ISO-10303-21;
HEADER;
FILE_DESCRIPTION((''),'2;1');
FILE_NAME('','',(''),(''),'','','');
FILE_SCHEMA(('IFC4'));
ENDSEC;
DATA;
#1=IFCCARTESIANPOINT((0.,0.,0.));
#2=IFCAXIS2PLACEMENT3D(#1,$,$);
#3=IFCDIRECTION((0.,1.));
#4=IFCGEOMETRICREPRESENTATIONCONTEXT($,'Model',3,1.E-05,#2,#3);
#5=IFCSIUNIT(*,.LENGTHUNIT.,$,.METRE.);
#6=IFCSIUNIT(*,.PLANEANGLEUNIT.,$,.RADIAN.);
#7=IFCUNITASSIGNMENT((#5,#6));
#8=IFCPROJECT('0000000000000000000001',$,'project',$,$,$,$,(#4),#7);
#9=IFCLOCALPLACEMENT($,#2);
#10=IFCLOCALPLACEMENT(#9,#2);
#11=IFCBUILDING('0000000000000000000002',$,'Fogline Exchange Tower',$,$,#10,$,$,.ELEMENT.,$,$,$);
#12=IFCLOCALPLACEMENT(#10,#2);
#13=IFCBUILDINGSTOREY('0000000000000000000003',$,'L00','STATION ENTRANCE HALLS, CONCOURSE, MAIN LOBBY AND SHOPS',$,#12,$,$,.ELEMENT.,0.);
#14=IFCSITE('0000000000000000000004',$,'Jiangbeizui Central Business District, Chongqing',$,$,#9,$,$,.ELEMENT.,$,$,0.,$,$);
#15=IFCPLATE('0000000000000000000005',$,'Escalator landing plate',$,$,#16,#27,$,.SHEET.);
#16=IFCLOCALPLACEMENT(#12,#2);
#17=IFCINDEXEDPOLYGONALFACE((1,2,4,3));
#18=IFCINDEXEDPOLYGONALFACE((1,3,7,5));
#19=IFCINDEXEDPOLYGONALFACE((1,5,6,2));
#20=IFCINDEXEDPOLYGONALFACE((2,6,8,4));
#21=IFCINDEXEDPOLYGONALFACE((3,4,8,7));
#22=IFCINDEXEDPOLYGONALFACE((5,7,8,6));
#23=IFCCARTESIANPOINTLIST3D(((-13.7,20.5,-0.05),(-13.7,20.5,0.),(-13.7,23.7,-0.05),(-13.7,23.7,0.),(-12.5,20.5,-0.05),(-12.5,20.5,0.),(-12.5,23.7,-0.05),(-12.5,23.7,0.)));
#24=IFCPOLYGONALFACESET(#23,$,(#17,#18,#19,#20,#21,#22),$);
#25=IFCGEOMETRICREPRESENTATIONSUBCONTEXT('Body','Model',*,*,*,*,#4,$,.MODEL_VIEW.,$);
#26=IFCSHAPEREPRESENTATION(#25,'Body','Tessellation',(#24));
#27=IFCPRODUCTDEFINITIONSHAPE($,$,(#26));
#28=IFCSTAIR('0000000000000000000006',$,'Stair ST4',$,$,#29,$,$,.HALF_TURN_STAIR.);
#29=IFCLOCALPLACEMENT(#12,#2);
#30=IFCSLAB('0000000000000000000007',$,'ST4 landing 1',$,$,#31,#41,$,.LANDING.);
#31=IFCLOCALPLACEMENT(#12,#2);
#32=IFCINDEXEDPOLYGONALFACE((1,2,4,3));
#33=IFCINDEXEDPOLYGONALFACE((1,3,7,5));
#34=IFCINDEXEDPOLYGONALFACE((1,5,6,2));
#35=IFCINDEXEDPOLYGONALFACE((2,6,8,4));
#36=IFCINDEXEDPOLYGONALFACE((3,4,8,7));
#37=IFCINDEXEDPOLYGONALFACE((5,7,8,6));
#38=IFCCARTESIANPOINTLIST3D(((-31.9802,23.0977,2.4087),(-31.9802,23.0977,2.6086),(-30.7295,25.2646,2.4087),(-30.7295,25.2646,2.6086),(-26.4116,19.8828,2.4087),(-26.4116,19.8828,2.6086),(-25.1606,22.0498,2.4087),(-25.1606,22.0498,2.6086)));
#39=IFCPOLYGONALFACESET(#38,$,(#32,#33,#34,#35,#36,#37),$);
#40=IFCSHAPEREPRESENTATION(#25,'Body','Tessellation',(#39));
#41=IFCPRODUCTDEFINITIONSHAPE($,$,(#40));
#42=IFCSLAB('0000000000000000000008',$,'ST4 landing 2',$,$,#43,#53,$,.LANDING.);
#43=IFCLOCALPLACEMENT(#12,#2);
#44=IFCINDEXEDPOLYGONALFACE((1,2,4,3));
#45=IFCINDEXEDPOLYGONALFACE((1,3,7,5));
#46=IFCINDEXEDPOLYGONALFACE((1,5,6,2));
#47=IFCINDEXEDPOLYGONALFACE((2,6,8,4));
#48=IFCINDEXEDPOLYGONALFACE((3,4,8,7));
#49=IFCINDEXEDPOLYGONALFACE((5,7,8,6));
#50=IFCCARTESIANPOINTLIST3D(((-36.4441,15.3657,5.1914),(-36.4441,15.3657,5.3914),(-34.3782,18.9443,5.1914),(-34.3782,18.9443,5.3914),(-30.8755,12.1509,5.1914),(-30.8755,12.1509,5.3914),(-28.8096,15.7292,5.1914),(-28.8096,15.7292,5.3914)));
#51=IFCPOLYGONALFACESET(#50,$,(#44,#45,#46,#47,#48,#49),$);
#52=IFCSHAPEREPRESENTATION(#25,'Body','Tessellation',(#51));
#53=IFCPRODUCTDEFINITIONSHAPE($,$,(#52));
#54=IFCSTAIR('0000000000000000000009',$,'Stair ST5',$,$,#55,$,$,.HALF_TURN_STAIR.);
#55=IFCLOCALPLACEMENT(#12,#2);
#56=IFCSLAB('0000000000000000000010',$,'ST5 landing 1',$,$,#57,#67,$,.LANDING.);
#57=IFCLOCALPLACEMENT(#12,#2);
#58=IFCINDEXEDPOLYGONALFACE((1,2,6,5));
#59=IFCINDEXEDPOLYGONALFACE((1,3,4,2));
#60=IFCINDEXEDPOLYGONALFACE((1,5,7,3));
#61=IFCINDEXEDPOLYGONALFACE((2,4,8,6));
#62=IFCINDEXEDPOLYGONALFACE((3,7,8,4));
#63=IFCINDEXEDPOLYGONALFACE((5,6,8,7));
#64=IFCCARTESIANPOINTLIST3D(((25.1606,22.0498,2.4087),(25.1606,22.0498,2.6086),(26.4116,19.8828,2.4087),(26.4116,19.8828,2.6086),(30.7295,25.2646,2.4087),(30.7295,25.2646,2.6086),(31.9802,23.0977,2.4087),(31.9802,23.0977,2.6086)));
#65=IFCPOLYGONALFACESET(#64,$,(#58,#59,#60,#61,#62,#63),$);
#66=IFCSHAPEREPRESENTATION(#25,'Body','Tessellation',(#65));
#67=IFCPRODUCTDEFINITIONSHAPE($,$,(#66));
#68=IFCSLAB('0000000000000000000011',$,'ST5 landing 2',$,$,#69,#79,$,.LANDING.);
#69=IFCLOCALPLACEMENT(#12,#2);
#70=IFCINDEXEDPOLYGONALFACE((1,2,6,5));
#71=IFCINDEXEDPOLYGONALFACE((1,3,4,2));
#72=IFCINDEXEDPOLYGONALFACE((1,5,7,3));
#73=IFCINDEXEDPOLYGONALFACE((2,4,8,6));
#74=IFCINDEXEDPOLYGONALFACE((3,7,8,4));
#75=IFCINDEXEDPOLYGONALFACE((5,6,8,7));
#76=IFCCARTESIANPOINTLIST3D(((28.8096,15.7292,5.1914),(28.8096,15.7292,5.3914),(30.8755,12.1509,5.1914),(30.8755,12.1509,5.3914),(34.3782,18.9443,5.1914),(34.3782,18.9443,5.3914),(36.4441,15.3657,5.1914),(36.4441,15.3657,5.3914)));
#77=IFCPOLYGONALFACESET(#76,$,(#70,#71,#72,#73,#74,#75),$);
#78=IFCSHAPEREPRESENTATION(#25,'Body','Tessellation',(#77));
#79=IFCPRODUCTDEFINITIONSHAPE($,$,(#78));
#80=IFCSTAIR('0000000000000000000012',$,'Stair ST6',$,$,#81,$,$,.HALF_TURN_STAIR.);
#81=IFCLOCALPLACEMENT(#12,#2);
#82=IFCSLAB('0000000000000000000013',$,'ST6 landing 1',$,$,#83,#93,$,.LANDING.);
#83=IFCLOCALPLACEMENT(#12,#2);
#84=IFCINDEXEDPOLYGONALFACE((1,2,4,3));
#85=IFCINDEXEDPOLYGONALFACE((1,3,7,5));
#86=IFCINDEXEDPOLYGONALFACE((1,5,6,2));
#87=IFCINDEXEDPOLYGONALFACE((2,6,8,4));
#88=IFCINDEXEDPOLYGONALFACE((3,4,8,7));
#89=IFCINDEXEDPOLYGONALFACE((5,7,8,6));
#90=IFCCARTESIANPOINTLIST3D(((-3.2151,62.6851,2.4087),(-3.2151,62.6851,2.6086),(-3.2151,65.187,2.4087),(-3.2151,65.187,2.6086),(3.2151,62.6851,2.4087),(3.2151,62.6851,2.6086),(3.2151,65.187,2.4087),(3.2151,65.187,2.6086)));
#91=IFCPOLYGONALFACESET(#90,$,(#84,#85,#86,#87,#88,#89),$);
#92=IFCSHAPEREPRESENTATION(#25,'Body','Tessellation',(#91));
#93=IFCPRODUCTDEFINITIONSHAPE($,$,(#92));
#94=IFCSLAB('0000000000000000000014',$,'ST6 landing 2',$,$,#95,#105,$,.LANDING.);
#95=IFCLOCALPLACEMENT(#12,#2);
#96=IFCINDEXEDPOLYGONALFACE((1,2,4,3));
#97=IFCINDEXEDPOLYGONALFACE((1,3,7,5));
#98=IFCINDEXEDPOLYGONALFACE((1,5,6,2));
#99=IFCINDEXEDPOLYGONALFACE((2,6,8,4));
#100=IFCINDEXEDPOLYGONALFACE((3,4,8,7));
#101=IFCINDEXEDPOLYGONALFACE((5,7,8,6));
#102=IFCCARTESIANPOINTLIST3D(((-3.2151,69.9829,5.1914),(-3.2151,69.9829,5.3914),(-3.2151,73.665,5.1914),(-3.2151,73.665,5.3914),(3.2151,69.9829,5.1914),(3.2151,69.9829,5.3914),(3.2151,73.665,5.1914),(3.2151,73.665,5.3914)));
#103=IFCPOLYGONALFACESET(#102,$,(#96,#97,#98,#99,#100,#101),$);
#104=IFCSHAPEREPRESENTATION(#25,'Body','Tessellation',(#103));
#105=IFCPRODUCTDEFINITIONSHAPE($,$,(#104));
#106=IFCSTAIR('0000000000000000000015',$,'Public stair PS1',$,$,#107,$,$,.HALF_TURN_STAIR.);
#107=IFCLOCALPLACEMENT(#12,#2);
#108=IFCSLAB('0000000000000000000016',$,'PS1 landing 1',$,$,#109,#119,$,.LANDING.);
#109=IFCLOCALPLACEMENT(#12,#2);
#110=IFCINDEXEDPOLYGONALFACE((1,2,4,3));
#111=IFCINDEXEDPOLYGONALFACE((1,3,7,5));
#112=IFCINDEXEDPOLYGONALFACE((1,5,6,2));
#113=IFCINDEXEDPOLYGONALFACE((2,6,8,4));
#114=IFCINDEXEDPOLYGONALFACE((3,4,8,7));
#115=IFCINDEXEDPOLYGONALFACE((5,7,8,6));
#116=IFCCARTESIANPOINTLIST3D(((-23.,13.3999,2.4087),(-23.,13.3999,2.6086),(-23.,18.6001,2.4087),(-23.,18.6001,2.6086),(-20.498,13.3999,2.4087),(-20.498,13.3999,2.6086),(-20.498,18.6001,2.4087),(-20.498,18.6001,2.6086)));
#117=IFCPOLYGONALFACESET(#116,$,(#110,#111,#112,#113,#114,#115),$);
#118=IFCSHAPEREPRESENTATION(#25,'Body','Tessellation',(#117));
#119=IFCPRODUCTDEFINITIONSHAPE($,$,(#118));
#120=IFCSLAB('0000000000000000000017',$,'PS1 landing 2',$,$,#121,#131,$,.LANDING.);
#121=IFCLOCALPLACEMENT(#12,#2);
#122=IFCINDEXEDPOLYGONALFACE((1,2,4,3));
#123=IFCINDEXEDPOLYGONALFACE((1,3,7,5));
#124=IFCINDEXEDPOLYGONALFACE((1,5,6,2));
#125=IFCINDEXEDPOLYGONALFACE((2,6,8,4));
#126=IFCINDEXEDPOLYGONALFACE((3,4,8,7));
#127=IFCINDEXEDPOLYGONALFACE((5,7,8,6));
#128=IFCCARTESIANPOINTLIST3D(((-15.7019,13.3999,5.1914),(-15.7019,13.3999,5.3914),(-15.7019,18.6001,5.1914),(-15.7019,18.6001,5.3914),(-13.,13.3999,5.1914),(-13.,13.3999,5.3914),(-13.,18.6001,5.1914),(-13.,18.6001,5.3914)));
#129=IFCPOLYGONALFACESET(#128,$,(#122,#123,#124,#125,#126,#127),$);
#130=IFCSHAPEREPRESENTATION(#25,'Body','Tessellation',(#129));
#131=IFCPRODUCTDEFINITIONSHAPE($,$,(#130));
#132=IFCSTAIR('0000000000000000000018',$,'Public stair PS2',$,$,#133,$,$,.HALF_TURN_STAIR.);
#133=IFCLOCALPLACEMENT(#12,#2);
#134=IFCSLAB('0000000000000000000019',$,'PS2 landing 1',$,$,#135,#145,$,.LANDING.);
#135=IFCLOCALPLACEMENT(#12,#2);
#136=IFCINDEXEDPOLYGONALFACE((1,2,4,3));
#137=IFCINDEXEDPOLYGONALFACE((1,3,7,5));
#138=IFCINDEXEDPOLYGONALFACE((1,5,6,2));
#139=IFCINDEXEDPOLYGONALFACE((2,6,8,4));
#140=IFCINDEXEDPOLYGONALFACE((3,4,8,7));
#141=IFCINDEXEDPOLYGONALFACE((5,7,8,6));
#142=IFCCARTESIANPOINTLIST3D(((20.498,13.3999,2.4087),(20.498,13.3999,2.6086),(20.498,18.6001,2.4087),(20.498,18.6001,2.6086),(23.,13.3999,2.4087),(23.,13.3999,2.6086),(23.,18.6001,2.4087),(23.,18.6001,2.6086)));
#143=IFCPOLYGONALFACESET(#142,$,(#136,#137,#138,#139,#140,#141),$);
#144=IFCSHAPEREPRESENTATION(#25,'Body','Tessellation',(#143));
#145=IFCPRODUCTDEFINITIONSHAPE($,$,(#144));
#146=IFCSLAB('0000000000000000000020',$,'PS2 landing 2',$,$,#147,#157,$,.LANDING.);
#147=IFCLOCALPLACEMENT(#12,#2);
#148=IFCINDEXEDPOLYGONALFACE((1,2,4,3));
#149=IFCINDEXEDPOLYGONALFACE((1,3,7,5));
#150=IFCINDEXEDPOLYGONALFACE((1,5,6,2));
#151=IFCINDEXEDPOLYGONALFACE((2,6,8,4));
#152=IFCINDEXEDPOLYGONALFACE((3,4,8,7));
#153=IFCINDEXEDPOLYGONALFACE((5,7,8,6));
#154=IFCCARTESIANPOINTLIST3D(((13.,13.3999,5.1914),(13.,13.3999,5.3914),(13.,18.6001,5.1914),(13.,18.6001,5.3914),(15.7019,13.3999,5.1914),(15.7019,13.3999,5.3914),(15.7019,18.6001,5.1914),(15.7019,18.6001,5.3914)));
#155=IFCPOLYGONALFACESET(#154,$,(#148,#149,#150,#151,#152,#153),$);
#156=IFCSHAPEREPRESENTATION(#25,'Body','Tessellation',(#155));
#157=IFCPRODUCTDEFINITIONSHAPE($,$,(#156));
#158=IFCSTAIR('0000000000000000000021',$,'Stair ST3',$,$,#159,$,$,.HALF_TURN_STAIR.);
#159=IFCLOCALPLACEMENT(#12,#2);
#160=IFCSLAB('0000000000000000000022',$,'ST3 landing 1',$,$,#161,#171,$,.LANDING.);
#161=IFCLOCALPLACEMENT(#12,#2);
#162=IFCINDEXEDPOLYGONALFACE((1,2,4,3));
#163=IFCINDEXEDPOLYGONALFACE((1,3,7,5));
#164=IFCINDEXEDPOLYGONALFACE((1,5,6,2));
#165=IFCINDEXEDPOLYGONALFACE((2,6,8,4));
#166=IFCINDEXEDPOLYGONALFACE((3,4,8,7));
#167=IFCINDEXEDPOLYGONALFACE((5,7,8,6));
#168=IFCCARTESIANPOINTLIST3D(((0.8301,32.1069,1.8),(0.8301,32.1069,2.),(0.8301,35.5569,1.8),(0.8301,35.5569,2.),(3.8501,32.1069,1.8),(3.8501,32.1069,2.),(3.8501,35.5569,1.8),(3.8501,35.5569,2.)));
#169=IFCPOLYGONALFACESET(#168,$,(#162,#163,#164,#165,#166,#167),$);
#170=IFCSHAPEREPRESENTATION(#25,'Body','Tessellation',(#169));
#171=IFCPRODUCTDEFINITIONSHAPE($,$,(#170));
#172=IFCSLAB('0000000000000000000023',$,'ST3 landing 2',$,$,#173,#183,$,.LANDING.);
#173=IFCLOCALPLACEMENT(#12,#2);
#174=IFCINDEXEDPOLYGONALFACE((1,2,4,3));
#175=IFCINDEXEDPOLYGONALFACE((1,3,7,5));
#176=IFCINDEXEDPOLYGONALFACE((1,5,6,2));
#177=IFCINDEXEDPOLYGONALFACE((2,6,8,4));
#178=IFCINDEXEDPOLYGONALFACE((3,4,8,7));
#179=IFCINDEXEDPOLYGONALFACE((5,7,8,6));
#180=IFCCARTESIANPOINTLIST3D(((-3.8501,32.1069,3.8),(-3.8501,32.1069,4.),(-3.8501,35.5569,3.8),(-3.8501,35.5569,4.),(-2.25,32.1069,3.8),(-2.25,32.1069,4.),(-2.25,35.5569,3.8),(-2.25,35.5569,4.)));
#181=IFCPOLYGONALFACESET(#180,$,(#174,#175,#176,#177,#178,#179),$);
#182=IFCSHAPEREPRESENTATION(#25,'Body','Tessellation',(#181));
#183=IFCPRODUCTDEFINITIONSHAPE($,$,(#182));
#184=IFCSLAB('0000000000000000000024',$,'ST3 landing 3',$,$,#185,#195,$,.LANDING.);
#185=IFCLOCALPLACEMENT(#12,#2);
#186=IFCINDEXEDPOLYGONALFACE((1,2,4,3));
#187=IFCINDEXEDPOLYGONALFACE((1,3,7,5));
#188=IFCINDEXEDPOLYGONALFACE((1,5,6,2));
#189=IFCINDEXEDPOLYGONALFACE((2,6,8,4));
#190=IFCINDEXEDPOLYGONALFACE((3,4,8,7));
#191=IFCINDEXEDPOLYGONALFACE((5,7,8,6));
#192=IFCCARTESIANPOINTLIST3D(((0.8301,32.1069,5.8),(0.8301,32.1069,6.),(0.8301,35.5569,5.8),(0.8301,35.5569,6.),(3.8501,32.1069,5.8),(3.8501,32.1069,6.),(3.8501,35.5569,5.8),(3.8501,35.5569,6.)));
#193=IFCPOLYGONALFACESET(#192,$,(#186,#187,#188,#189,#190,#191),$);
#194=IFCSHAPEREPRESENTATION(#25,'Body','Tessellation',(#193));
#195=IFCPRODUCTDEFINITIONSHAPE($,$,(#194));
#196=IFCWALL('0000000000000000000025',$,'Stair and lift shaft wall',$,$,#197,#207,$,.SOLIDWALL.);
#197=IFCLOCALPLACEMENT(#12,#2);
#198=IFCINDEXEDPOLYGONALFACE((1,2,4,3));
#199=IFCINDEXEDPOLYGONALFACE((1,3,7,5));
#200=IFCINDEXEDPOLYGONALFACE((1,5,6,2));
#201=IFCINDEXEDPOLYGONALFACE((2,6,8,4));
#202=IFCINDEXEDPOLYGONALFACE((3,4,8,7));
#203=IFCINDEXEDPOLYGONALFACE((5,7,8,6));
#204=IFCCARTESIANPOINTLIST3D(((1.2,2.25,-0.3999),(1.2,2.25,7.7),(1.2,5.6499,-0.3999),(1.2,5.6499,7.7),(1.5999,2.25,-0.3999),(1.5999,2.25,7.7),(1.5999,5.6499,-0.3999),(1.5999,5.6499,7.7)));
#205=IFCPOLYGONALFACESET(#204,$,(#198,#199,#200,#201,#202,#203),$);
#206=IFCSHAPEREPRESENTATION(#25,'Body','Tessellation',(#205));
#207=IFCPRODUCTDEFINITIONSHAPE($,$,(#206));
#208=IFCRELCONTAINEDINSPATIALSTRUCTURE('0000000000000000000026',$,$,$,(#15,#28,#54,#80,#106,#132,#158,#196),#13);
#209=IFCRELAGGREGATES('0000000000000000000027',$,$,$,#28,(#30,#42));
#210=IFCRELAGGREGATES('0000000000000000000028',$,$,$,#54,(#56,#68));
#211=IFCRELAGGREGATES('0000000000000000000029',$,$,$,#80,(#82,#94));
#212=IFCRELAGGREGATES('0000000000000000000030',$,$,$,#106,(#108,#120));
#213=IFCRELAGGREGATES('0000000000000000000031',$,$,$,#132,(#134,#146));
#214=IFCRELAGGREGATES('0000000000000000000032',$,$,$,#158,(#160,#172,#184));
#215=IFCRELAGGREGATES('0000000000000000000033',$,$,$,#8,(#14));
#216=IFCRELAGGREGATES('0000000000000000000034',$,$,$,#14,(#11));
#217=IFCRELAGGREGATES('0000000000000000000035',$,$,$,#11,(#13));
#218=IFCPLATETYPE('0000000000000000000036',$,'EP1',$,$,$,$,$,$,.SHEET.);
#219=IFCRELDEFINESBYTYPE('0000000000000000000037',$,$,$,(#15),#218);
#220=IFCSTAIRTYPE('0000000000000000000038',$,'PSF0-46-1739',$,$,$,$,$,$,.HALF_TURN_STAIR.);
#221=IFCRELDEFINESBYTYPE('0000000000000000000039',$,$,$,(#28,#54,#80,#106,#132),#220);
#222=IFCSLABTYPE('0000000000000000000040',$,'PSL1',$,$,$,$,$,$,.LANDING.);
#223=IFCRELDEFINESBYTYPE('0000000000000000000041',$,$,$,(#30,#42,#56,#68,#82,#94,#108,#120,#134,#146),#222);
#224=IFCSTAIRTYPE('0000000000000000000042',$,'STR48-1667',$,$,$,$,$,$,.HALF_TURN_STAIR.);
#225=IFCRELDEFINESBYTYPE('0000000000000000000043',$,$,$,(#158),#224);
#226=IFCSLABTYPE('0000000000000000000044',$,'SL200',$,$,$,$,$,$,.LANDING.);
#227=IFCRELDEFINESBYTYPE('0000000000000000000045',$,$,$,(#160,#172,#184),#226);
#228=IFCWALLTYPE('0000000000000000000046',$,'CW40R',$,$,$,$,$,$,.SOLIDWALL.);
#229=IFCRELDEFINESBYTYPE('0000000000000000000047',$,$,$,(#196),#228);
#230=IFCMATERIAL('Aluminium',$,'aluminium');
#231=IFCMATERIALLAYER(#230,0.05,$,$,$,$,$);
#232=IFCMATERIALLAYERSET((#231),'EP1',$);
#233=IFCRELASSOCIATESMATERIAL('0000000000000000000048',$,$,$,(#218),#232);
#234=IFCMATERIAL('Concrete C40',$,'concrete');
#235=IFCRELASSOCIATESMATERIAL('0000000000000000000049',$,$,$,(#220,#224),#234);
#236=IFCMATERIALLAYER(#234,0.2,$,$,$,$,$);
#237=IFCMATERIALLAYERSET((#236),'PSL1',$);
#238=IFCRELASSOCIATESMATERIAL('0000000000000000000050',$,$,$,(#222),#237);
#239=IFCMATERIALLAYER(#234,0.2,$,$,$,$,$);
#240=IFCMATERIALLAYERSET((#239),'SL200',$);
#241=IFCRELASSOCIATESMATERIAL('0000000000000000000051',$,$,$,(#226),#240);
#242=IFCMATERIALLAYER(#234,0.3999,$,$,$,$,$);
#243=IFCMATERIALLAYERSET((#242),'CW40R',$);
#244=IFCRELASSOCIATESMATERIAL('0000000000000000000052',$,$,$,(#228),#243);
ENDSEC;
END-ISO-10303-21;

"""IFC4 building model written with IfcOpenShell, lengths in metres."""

from ifc_helpers import new_model, si_unit, direction, frame, frame_2d, origin, place, context, subcontext, project, spatial, polyline, rectangle, outline, extrude, material, layer, layer_set, type_object, element, aggregate, save


model = new_model("IFC4")

# Units and contexts
model_context = context("Model", 3, precision=1e-05, world=origin(), true_north=direction((0.0, 1.0)))
body_context = subcontext(model_context, "Body", "Model", "MODEL_VIEW")
ifc_project = project(units=[si_unit("LENGTHUNIT", "METRE"), si_unit("PLANEANGLEUNIT", "RADIAN")], contexts=[model_context])

# Site, building, storey
site_placement = place(None, origin())
site = spatial("IfcSite", under=ifc_project, at=site_placement, Name="Jiangbeizui Central Business District, Chongqing", CompositionType="ELEMENT", RefElevation=0.0)
building_placement = place(site_placement, origin())
building = spatial("IfcBuilding", under=site, at=building_placement, Name="Fogline Exchange Tower", CompositionType="ELEMENT")
storey_placement = place(building_placement, origin())
storey = spatial("IfcBuildingStorey", under=building, at=storey_placement, Name="L00", Description="STATION ENTRANCE HALLS, CONCOURSE, MAIN LOBBY AND SHOPS", CompositionType="ELEMENT", Elevation=0.0)

# Plate
ifc_material_1 = material(Name="Aluminium", Category="aluminium")
ifc_layer_1 = layer(ifc_material_1, 0.05)
ifc_layer_set_1 = layer_set([ifc_layer_1], Name="EP1")
plate_type = type_object("IfcPlateType", Name="EP1", PredefinedType="SHEET", material=ifc_layer_set_1)
plate_placement = place(storey_placement, frame((0.0, 0.0, -0.05)))
element("IfcPlate", 1, at=plate_placement, inside=storey, type_object=plate_type, Name="Escalator landing plate", PredefinedType="SHEET", context=body_context, shape_type="SweptSolid", body=[
    extrude(outline(polyline([(-13.7, 20.5), (-12.5, 20.5), (-12.5, 23.7), (-13.7, 23.7), (-13.7, 20.5)])), origin(), (0.0, 0.0, 1.0), 0.05),
])

# Stairs, slabs
ifc_material_2 = material(Name="Concrete C40", Category="concrete")
stair_type_1 = type_object("IfcStairType", Name="PSF0-46-1739", PredefinedType="HALF_TURN_STAIR", material=ifc_material_2)
stair_1_placement = place(storey_placement, origin())
stair_1 = element("IfcStair", 2, at=stair_1_placement, inside=storey, type_object=stair_type_1, Name="Stair ST4", PredefinedType="HALF_TURN_STAIR")
ifc_layer_2 = layer(ifc_material_2, 0.2)
ifc_layer_set_2 = layer_set([ifc_layer_2], Name="PSL1")
slab_type_1 = type_object("IfcSlabType", Name="PSL1", PredefinedType="LANDING", material=ifc_layer_set_2)
slab_1_placement = place(storey_placement, frame((0.0, 0.0, 2.4087)))
slab_1 = element("IfcSlab", 3, at=slab_1_placement, type_object=slab_type_1, Name="ST4 landing 1", PredefinedType="LANDING", context=body_context, shape_type="SweptSolid", body=[
    extrude(outline(polyline([(-31.9802, 23.0977), (-30.7295, 25.2646), (-25.1606, 22.0498), (-26.4116, 19.8828), (-31.9802, 23.0977)])), origin(), (0.0, 0.0, 1.0), 0.2),
])
slab_2_placement = place(storey_placement, frame((0.0, 0.0, 5.1914)))
slab_2 = element("IfcSlab", 4, at=slab_2_placement, type_object=slab_type_1, Name="ST4 landing 2", PredefinedType="LANDING", context=body_context, shape_type="SweptSolid", body=[
    extrude(outline(polyline([(-36.4441, 15.3657), (-34.3782, 18.9443), (-28.8096, 15.7292), (-30.8755, 12.1509), (-36.4441, 15.3657)])), origin(), (0.0, 0.0, 1.0), 0.2),
])
aggregate(stair_1, [slab_1, slab_2])
stair_2_placement = place(storey_placement, origin())
stair_2 = element("IfcStair", 5, at=stair_2_placement, inside=storey, type_object=stair_type_1, Name="Stair ST5", PredefinedType="HALF_TURN_STAIR")
slab_3_placement = place(storey_placement, frame((0.0, 0.0, 2.4087)))
slab_3 = element("IfcSlab", 6, at=slab_3_placement, type_object=slab_type_1, Name="ST5 landing 1", PredefinedType="LANDING", context=body_context, shape_type="SweptSolid", body=[
    extrude(outline(polyline([(31.9802, 23.0977), (30.7295, 25.2646), (25.1606, 22.0498), (26.4116, 19.8828), (31.9802, 23.0977)])), origin(), (0.0, 0.0, 1.0), 0.2),
])
slab_4_placement = place(storey_placement, frame((0.0, 0.0, 5.1914)))
slab_4 = element("IfcSlab", 7, at=slab_4_placement, type_object=slab_type_1, Name="ST5 landing 2", PredefinedType="LANDING", context=body_context, shape_type="SweptSolid", body=[
    extrude(outline(polyline([(36.4441, 15.3657), (34.3782, 18.9443), (28.8096, 15.7292), (30.8755, 12.1509), (36.4441, 15.3657)])), origin(), (0.0, 0.0, 1.0), 0.2),
])
aggregate(stair_2, [slab_3, slab_4])
stair_3_placement = place(storey_placement, origin())
stair_3 = element("IfcStair", 8, at=stair_3_placement, inside=storey, type_object=stair_type_1, Name="Stair ST6", PredefinedType="HALF_TURN_STAIR")
slab_5_placement = place(storey_placement, frame((0.0, 0.0, 2.4087)))
slab_5 = element("IfcSlab", 9, at=slab_5_placement, type_object=slab_type_1, Name="ST6 landing 1", PredefinedType="LANDING", context=body_context, shape_type="SweptSolid", body=[
    extrude(outline(polyline([(-3.2151, 65.187), (-3.2151, 62.6851), (3.2151, 62.6851), (3.2151, 65.187), (-3.2151, 65.187)])), origin(), (0.0, 0.0, 1.0), 0.2),
])
slab_6_placement = place(storey_placement, frame((0.0, 0.0, 5.1914)))
slab_6 = element("IfcSlab", 10, at=slab_6_placement, type_object=slab_type_1, Name="ST6 landing 2", PredefinedType="LANDING", context=body_context, shape_type="SweptSolid", body=[
    extrude(outline(polyline([(-3.2151, 73.665), (-3.2151, 69.9829), (3.2151, 69.9829), (3.2151, 73.665), (-3.2151, 73.665)])), origin(), (0.0, 0.0, 1.0), 0.2),
])
aggregate(stair_3, [slab_5, slab_6])
stair_4_placement = place(storey_placement, origin())
stair_4 = element("IfcStair", 11, at=stair_4_placement, inside=storey, type_object=stair_type_1, Name="Public stair PS1", PredefinedType="HALF_TURN_STAIR")
slab_7_placement = place(storey_placement, frame((0.0, 0.0, 2.4087)))
slab_7 = element("IfcSlab", 12, at=slab_7_placement, type_object=slab_type_1, Name="PS1 landing 1", PredefinedType="LANDING", context=body_context, shape_type="SweptSolid", body=[
    extrude(outline(polyline([(-23.0, 13.3999), (-20.498, 13.3999), (-20.498, 18.6001), (-23.0, 18.6001), (-23.0, 13.3999)])), origin(), (0.0, 0.0, 1.0), 0.2),
])
slab_8_placement = place(storey_placement, frame((0.0, 0.0, 5.1914)))
slab_8 = element("IfcSlab", 13, at=slab_8_placement, type_object=slab_type_1, Name="PS1 landing 2", PredefinedType="LANDING", context=body_context, shape_type="SweptSolid", body=[
    extrude(outline(polyline([(-15.7019, 13.3999), (-13.0, 13.3999), (-13.0, 18.6001), (-15.7019, 18.6001), (-15.7019, 13.3999)])), origin(), (0.0, 0.0, 1.0), 0.2),
])
aggregate(stair_4, [slab_7, slab_8])
stair_5_placement = place(storey_placement, origin())
stair_5 = element("IfcStair", 14, at=stair_5_placement, inside=storey, type_object=stair_type_1, Name="Public stair PS2", PredefinedType="HALF_TURN_STAIR")
slab_9_placement = place(storey_placement, frame((0.0, 0.0, 2.4087)))
slab_9 = element("IfcSlab", 15, at=slab_9_placement, type_object=slab_type_1, Name="PS2 landing 1", PredefinedType="LANDING", context=body_context, shape_type="SweptSolid", body=[
    extrude(outline(polyline([(23.0, 13.3999), (20.498, 13.3999), (20.498, 18.6001), (23.0, 18.6001), (23.0, 13.3999)])), origin(), (0.0, 0.0, 1.0), 0.2),
])
slab_10_placement = place(storey_placement, frame((0.0, 0.0, 5.1914)))
slab_10 = element("IfcSlab", 16, at=slab_10_placement, type_object=slab_type_1, Name="PS2 landing 2", PredefinedType="LANDING", context=body_context, shape_type="SweptSolid", body=[
    extrude(outline(polyline([(15.7019, 13.3999), (13.0, 13.3999), (13.0, 18.6001), (15.7019, 18.6001), (15.7019, 13.3999)])), origin(), (0.0, 0.0, 1.0), 0.2),
])
aggregate(stair_5, [slab_9, slab_10])
stair_type_2 = type_object("IfcStairType", Name="STR48-1667", PredefinedType="HALF_TURN_STAIR", material=ifc_material_2)
stair_6_placement = place(storey_placement, origin())
stair_6 = element("IfcStair", 17, at=stair_6_placement, inside=storey, type_object=stair_type_2, Name="Stair ST3", PredefinedType="HALF_TURN_STAIR")
ifc_layer_3 = layer(ifc_material_2, 0.2)
ifc_layer_set_3 = layer_set([ifc_layer_3], Name="SL200")
slab_type_2 = type_object("IfcSlabType", Name="SL200", PredefinedType="LANDING", material=ifc_layer_set_3)
slab_11_placement = place(storey_placement, frame((0.0, 0.0, 1.8)))
slab_11 = element("IfcSlab", 18, at=slab_11_placement, type_object=slab_type_2, Name="ST3 landing 1", PredefinedType="LANDING", context=body_context, shape_type="SweptSolid", body=[
    extrude(outline(polyline([(0.8301, 32.1069), (3.8501, 32.1069), (3.8501, 35.5569), (0.8301, 35.5569), (0.8301, 32.1069)])), origin(), (0.0, 0.0, 1.0), 0.2),
])
slab_12_placement = place(storey_placement, frame((0.0, 0.0, 3.8)))
slab_12 = element("IfcSlab", 19, at=slab_12_placement, type_object=slab_type_2, Name="ST3 landing 2", PredefinedType="LANDING", context=body_context, shape_type="SweptSolid", body=[
    extrude(outline(polyline([(-3.8501, 32.1069), (-2.25, 32.1069), (-2.25, 35.5569), (-3.8501, 35.5569), (-3.8501, 32.1069)])), origin(), (0.0, 0.0, 1.0), 0.2),
])
slab_13_placement = place(storey_placement, frame((0.0, 0.0, 5.8)))
slab_13 = element("IfcSlab", 20, at=slab_13_placement, type_object=slab_type_2, Name="ST3 landing 3", PredefinedType="LANDING", context=body_context, shape_type="SweptSolid", body=[
    extrude(outline(polyline([(0.8301, 32.1069), (3.8501, 32.1069), (3.8501, 35.5569), (0.8301, 35.5569), (0.8301, 32.1069)])), origin(), (0.0, 0.0, 1.0), 0.2),
])
aggregate(stair_6, [slab_11, slab_12, slab_13])

# Wall
ifc_layer_4 = layer(ifc_material_2, 0.3999)
ifc_layer_set_4 = layer_set([ifc_layer_4], Name="CW40R")
wall_type = type_object("IfcWallType", Name="CW40R", PredefinedType="SOLIDWALL", material=ifc_layer_set_4)
wall_placement = place(storey_placement, frame((1.3999, 2.25, -0.3999), z_axis=(0.0, 0.0, 1.0), x_axis=(0.0, 1.0, 0.0)))
element("IfcWall", 21, at=wall_placement, inside=storey, type_object=wall_type, Name="Stair and lift shaft wall", PredefinedType="SOLIDWALL", context=body_context, shape_type="SweptSolid", body=[
    extrude(rectangle(XDim=3.3999, YDim=0.3999, at=frame_2d((1.7, 0.0))), origin(), (0.0, 0.0, 1.0), 8.0999),
])

save(model, "model.ifc")
